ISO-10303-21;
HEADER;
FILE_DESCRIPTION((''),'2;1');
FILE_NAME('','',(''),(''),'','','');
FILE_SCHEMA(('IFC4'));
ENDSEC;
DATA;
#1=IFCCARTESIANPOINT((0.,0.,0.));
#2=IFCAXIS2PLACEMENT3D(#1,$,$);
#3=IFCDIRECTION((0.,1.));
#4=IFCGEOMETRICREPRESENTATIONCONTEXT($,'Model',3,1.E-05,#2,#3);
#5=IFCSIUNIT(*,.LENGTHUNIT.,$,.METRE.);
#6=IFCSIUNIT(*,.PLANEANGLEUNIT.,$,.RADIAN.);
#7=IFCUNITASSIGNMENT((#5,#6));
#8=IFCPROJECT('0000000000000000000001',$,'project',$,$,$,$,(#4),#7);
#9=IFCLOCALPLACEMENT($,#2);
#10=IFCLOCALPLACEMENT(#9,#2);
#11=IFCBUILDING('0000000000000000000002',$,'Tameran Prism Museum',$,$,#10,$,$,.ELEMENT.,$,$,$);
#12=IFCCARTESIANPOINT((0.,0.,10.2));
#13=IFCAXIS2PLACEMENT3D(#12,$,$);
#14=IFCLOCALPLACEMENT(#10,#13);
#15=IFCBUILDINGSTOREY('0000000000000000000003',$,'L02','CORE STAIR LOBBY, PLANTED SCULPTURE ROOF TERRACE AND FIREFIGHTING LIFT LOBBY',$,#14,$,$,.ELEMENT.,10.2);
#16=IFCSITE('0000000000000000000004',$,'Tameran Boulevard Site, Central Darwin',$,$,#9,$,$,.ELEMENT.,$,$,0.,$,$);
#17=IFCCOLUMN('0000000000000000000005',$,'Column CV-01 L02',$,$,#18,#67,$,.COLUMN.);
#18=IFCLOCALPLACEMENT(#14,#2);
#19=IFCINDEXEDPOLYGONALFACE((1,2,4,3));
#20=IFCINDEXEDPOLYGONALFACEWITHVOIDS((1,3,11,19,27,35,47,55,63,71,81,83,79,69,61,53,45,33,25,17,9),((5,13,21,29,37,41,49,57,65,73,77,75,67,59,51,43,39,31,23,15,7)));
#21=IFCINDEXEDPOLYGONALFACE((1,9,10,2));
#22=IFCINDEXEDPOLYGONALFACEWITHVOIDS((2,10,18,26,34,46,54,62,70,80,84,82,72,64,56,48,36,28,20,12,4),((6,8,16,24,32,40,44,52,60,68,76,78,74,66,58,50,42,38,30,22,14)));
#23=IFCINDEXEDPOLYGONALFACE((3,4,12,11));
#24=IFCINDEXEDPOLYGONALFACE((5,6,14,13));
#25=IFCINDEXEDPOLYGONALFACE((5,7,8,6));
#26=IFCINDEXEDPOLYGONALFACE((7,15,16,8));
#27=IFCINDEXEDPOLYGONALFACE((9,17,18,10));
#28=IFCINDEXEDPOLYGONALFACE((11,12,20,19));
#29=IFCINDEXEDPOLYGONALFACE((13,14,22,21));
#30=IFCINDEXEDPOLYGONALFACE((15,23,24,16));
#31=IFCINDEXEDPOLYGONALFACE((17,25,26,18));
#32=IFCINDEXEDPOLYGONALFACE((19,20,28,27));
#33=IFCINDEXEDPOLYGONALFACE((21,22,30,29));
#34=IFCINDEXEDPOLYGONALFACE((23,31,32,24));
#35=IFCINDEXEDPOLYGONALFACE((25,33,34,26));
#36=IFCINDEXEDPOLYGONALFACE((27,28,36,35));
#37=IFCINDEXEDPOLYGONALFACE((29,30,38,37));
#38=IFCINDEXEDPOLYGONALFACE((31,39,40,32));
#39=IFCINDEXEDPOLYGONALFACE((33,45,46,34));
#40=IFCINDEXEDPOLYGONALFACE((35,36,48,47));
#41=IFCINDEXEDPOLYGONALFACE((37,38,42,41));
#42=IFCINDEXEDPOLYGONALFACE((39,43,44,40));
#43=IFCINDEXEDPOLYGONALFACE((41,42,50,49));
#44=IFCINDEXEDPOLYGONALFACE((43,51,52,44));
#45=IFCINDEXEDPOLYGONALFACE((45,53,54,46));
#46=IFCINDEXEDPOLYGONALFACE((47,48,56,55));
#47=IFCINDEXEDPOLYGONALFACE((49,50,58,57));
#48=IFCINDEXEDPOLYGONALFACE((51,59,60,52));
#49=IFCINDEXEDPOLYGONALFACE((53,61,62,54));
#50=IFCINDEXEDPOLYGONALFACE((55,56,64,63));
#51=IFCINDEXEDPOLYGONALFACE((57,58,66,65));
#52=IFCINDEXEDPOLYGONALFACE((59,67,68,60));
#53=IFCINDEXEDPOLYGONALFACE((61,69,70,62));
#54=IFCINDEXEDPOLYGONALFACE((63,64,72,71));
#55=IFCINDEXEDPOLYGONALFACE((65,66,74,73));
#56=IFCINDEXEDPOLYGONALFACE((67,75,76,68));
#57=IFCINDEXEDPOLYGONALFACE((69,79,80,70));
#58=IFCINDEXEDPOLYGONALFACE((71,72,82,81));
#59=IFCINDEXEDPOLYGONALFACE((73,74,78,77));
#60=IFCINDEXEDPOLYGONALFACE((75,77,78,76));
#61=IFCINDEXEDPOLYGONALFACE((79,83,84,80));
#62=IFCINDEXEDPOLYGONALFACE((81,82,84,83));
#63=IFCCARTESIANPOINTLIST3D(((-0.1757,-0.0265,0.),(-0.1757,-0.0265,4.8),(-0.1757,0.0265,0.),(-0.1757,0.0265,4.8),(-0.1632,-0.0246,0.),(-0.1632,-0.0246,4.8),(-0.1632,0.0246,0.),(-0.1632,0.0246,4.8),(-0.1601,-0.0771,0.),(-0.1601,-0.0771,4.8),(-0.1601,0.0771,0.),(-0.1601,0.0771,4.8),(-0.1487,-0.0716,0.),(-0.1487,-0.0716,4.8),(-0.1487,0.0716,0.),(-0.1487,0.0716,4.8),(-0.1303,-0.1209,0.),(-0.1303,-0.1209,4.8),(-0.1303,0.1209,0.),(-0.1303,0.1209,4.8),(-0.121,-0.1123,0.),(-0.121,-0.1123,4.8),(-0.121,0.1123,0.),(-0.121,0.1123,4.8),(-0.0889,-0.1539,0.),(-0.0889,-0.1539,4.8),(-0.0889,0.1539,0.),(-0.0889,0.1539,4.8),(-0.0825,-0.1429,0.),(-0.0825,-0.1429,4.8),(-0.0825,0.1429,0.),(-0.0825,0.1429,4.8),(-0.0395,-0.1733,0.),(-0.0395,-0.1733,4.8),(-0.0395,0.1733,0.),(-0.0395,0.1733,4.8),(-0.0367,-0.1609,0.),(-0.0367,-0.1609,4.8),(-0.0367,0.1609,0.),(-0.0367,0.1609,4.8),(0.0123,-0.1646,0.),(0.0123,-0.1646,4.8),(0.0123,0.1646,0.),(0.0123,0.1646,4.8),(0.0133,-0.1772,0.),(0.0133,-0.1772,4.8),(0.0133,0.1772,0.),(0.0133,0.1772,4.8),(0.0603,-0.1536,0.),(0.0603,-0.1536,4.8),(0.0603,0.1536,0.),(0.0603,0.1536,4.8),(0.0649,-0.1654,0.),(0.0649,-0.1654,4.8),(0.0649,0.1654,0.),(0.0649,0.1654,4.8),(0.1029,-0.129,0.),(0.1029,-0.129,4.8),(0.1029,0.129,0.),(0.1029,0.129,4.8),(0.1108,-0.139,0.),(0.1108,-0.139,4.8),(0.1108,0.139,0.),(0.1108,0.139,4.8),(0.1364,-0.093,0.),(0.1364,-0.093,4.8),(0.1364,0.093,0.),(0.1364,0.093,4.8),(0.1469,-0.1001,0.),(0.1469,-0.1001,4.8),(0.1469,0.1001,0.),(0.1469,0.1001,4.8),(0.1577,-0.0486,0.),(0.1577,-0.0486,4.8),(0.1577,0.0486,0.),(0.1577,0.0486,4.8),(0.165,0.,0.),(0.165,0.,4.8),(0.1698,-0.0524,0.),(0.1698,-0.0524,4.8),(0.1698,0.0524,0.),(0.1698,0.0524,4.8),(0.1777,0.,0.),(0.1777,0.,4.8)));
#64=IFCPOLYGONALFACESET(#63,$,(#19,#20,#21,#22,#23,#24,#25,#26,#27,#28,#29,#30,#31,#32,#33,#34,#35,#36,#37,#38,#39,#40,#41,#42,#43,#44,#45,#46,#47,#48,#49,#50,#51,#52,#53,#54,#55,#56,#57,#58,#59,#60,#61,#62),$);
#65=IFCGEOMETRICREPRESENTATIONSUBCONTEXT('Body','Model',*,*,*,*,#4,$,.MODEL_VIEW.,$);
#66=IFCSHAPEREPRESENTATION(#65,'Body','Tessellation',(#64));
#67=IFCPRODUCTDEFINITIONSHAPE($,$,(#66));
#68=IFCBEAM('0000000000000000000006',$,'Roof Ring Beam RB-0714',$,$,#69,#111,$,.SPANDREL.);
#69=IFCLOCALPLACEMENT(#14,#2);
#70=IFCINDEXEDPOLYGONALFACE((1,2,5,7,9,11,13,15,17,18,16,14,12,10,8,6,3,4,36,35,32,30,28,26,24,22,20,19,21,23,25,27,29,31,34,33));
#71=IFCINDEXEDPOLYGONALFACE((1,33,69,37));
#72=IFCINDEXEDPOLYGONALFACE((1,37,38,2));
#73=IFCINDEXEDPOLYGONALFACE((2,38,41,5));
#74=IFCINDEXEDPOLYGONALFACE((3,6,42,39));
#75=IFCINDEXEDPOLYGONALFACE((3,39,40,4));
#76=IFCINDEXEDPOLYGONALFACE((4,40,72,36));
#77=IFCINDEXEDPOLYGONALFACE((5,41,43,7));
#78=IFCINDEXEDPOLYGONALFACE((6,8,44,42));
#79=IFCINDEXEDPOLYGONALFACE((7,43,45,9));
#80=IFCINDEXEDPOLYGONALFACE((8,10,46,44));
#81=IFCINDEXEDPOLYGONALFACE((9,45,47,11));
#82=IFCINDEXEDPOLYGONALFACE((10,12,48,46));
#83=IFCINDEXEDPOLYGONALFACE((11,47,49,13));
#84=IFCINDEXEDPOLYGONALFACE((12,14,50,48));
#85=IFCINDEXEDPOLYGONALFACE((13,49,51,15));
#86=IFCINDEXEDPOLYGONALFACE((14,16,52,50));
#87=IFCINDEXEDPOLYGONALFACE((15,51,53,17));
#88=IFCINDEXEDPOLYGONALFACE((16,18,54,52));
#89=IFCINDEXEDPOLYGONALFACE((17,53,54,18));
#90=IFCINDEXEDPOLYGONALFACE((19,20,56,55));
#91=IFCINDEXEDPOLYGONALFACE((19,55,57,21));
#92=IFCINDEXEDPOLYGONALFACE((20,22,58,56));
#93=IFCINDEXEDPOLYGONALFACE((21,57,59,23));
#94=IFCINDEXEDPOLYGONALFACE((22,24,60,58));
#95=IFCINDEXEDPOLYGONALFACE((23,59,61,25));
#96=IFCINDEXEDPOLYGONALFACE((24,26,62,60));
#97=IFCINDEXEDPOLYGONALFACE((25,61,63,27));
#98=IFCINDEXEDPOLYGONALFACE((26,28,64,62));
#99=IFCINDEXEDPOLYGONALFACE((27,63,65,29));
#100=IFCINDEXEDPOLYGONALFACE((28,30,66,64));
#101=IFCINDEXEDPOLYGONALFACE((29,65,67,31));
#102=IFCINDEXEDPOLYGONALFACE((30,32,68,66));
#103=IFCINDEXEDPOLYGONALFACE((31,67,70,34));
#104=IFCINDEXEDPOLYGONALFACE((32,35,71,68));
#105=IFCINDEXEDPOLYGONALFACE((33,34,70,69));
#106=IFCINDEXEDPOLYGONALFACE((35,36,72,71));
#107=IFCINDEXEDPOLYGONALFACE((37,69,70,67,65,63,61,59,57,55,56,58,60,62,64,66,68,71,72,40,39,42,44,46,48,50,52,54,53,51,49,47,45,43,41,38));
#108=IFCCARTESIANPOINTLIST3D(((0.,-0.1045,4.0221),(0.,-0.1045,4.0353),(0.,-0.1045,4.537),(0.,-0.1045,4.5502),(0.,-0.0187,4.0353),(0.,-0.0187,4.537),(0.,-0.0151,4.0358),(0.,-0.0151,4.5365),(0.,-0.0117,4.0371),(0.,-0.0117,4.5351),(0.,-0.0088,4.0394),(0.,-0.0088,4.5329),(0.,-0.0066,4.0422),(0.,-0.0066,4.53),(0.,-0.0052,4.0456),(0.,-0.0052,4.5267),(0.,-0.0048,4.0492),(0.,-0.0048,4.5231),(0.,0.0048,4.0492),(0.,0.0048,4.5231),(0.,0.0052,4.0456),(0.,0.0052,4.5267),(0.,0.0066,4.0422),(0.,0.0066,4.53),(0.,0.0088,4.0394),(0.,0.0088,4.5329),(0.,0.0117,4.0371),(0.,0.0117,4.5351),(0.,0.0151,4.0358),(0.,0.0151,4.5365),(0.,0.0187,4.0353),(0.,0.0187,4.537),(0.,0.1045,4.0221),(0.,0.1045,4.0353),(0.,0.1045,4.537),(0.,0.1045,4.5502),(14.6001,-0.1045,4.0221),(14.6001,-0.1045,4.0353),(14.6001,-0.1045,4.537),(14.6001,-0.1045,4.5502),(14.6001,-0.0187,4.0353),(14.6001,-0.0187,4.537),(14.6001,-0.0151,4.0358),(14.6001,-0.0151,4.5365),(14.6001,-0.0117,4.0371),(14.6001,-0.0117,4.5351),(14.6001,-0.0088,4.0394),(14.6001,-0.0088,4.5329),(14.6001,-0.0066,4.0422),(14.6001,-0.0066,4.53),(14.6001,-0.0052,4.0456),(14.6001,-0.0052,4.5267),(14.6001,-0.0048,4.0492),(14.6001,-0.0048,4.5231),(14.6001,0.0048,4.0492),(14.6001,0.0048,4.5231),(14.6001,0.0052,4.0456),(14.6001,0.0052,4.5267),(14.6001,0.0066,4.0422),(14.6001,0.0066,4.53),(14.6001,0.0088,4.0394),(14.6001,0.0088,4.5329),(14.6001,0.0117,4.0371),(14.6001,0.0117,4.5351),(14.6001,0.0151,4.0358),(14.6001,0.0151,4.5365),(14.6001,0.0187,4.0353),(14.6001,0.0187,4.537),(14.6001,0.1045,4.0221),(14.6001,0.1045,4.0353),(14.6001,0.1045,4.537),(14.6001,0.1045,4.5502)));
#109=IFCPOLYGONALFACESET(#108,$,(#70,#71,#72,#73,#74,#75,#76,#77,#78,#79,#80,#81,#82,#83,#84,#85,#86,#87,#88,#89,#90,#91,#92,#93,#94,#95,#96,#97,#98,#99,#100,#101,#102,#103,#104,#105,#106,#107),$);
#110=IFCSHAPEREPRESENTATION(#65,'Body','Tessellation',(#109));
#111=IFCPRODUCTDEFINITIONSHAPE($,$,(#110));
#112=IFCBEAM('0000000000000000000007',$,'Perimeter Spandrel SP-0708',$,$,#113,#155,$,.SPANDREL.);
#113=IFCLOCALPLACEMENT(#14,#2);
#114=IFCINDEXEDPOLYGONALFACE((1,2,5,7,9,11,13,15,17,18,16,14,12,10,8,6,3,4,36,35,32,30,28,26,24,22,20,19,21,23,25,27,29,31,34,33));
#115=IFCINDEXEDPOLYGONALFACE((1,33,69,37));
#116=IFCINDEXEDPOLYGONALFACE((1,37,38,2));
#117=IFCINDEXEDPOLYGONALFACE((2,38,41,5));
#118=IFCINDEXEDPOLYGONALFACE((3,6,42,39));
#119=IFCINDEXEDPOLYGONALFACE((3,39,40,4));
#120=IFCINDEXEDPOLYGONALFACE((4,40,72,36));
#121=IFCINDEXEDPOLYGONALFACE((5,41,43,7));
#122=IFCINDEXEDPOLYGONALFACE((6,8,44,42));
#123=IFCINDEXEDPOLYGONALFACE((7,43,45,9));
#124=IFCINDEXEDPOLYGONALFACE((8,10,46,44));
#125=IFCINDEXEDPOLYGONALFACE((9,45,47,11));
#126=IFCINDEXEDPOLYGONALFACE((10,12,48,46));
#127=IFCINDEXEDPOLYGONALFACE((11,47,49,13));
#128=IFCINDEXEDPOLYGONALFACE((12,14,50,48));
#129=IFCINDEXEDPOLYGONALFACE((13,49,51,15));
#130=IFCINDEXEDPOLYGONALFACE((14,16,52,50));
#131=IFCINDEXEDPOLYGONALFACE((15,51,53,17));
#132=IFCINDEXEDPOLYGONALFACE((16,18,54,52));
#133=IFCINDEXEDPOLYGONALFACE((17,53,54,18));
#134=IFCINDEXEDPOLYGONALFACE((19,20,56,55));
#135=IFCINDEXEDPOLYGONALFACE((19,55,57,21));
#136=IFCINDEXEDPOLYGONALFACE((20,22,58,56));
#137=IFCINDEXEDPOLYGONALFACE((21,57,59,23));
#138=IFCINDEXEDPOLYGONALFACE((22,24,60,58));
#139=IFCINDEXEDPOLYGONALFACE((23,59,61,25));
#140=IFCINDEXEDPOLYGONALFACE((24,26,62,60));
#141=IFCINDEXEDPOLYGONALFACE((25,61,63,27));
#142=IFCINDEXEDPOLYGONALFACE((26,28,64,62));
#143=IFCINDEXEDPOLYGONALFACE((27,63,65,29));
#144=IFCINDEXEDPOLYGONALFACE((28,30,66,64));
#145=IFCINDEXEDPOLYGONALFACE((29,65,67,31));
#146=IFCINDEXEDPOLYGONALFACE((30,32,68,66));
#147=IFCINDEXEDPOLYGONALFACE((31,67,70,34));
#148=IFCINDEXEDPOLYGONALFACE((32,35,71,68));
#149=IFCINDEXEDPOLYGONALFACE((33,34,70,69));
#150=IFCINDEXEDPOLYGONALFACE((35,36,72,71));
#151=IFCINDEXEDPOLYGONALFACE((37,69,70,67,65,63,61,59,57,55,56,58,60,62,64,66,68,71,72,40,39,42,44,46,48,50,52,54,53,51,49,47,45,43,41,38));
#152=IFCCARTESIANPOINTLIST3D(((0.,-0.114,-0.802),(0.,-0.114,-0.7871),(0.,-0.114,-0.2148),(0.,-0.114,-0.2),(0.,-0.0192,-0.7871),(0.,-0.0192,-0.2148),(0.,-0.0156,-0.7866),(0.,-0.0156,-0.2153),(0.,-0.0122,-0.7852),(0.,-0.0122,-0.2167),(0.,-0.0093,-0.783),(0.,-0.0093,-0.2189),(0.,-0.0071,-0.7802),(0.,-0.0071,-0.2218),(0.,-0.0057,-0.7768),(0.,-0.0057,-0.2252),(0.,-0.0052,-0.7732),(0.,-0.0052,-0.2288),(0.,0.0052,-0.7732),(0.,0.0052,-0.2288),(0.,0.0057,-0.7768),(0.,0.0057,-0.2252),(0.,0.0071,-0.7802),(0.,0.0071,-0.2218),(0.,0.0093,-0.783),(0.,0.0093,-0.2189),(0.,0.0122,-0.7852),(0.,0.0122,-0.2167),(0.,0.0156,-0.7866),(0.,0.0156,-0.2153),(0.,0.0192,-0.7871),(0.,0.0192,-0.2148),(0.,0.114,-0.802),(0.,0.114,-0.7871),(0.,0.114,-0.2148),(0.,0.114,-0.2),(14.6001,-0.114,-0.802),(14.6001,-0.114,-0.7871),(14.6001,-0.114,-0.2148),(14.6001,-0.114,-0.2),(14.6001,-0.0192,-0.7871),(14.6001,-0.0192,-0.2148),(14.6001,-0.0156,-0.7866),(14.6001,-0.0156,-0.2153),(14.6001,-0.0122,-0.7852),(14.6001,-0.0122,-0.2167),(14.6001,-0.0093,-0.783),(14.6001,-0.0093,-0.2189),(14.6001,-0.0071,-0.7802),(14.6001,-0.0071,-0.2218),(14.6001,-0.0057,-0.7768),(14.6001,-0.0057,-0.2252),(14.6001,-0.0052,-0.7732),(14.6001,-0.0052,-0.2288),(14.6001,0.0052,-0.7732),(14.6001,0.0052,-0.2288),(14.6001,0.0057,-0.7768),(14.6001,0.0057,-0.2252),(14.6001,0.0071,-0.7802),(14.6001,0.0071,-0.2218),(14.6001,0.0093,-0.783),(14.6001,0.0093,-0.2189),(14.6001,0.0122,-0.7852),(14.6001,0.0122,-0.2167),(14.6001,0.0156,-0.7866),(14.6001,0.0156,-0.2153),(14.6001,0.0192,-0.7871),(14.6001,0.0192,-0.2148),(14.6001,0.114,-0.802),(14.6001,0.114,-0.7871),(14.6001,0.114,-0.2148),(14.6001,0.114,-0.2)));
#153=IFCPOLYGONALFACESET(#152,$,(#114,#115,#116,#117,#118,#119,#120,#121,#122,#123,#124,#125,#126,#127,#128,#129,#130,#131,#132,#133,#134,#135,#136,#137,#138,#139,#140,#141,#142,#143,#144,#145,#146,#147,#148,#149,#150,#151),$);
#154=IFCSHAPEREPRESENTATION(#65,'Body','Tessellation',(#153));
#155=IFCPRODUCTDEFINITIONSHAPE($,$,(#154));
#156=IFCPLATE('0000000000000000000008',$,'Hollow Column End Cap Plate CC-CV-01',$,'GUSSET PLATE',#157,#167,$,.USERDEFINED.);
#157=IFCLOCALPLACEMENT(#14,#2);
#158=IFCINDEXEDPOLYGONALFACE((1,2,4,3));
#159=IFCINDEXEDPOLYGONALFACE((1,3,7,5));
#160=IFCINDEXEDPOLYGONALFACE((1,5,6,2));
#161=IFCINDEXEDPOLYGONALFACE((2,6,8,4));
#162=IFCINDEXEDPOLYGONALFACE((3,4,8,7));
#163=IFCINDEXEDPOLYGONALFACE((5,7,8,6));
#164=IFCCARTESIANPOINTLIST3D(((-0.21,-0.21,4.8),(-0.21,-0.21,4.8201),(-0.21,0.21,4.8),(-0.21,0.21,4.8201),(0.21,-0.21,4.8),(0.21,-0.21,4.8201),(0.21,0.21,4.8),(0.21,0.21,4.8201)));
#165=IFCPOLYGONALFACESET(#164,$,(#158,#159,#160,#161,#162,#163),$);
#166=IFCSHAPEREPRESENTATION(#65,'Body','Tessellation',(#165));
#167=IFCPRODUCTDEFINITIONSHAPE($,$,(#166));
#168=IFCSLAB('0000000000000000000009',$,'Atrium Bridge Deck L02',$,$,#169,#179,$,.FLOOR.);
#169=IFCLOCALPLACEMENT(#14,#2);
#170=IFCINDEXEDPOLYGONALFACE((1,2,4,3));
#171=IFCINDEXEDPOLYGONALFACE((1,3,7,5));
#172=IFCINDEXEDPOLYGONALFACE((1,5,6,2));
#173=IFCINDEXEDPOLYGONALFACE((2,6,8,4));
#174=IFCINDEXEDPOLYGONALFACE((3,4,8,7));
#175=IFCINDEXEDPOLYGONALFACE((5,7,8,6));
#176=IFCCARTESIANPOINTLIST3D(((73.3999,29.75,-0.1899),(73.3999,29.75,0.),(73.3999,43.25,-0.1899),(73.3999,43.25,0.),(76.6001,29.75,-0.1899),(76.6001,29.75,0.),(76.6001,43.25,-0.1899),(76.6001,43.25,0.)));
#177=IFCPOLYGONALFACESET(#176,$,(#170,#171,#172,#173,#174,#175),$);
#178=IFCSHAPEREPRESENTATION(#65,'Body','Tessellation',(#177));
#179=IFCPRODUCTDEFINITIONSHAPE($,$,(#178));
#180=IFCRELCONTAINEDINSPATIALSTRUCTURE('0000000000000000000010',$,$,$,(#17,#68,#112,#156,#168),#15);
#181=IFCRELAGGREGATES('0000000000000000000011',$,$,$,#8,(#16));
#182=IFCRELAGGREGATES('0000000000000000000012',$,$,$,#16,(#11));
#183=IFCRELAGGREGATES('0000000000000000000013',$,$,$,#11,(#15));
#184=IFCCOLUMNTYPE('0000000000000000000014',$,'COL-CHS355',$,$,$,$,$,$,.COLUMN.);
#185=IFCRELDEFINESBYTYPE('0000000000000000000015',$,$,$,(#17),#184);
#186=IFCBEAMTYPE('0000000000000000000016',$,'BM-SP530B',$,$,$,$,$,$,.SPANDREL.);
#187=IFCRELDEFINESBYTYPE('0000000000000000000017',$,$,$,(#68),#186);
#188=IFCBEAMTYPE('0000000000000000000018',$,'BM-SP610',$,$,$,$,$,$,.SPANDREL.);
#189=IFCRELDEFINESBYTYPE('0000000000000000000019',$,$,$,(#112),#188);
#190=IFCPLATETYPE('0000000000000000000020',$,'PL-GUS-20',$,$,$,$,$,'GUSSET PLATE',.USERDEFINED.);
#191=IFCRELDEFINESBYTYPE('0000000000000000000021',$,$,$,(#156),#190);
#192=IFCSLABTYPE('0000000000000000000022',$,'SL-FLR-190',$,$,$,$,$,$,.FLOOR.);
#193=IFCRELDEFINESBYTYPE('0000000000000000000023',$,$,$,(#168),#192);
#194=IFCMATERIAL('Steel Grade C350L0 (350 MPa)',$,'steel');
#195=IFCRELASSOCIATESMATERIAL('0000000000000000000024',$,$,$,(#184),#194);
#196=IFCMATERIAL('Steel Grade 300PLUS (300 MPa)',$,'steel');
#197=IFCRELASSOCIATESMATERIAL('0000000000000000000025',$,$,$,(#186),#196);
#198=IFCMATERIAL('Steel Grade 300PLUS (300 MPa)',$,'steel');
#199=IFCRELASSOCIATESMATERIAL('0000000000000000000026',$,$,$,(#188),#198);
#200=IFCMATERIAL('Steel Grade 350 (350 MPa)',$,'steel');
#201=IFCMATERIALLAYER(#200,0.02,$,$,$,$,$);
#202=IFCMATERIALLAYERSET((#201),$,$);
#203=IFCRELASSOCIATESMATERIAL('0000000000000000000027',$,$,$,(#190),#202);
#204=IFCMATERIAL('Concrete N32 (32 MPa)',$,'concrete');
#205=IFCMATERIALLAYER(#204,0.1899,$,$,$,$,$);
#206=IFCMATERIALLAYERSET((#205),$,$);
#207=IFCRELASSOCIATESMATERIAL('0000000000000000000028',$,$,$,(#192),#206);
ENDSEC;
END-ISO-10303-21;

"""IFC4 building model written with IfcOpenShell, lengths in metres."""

from ifc_helpers import new_model, si_unit, direction, frame, origin, origin_with_axes, origin_2d, place, context, subcontext, project, spatial, polyline, rectangle, hollow_circle, i_section, outline, extrude, material, layer, layer_set, material_profile, profile_set, type_object, element, save


model = new_model("IFC4")

# Units and contexts
model_context = context("Model", 3, precision=1e-05, world=origin(), true_north=direction((0.0, 1.0)))
body_context = subcontext(model_context, "Body", "Model", "MODEL_VIEW")
ifc_project = project(units=[si_unit("LENGTHUNIT", "METRE"), si_unit("PLANEANGLEUNIT", "RADIAN")], contexts=[model_context])

# Site, building, storey
site_placement = place(None, origin())
site = spatial("IfcSite", under=ifc_project, at=site_placement, Name="Tameran Boulevard Site, Central Darwin", CompositionType="ELEMENT", RefElevation=0.0)
building_placement = place(site_placement, origin())
building = spatial("IfcBuilding", under=site, at=building_placement, Name="Tameran Prism Museum", CompositionType="ELEMENT")
storey_placement = place(building_placement, frame((0.0, 0.0, 10.2)))
storey = spatial("IfcBuildingStorey", under=building, at=storey_placement, Name="L02", Description="CORE STAIR LOBBY, PLANTED SCULPTURE ROOF TERRACE AND FIREFIGHTING LIFT LOBBY", CompositionType="ELEMENT", Elevation=10.2)

# Column
ifc_material_1 = material(Name="Steel Grade C350L0 (350 MPa)", Category="steel")
ifc_material_profile_1 = material_profile(ifc_material_1, hollow_circle(Radius=0.1777, WallThickness=0.0127, at=origin_2d()))
ifc_profile_set_1 = profile_set([ifc_material_profile_1])
column_type = type_object("IfcColumnType", Name="COL-CHS355", PredefinedType="COLUMN", material=ifc_profile_set_1)
column_placement = place(storey_placement, origin_with_axes())
element("IfcColumn", 1, at=column_placement, inside=storey, type_object=column_type, Name="Column CV-01 L02", PredefinedType="COLUMN", context=body_context, shape_type="SweptSolid", body=[
    extrude(hollow_circle(Radius=0.1777, WallThickness=0.0127, at=origin_2d()), origin(), (0.0, 0.0, 1.0), 4.8),
])

# Beams
ifc_material_2 = material(Name="Steel Grade 300PLUS (300 MPa)", Category="steel")
ifc_material_profile_2 = material_profile(ifc_material_2, i_section(OverallWidth=0.209, OverallDepth=0.5281, WebThickness=0.0095, FlangeThickness=0.0132, FilletRadius=0.0139, at=origin_2d()))
ifc_profile_set_2 = profile_set([ifc_material_profile_2])
beam_type_1 = type_object("IfcBeamType", Name="BM-SP530B", PredefinedType="SPANDREL", material=ifc_profile_set_2)
beam_1_placement = place(storey_placement, frame((0.0, 0.0, 4.2861), z_axis=(1.0, 0.0, 0.0), x_axis=(0.0, 1.0, 0.0)))
element("IfcBeam", 2, at=beam_1_placement, inside=storey, type_object=beam_type_1, Name="Roof Ring Beam RB-0714", PredefinedType="SPANDREL", context=body_context, shape_type="SweptSolid", body=[
    extrude(i_section(OverallWidth=0.209, OverallDepth=0.5281, WebThickness=0.0095, FlangeThickness=0.0132, FilletRadius=0.0139, at=origin_2d()), origin(), (0.0, 0.0, 1.0), 14.6001),
])
ifc_material_3 = material(Name="Steel Grade 300PLUS (300 MPa)", Category="steel")
ifc_material_profile_3 = material_profile(ifc_material_3, i_section(OverallWidth=0.228, OverallDepth=0.6021, WebThickness=0.0105, FlangeThickness=0.0149, FilletRadius=0.0139, at=origin_2d()))
ifc_profile_set_3 = profile_set([ifc_material_profile_3])
beam_type_2 = type_object("IfcBeamType", Name="BM-SP610", PredefinedType="SPANDREL", material=ifc_profile_set_3)
beam_2_placement = place(storey_placement, frame((0.0, 0.0, -0.501), z_axis=(1.0, 0.0, 0.0), x_axis=(0.0, 1.0, 0.0)))
element("IfcBeam", 3, at=beam_2_placement, inside=storey, type_object=beam_type_2, Name="Perimeter Spandrel SP-0708", PredefinedType="SPANDREL", context=body_context, shape_type="SweptSolid", body=[
    extrude(i_section(OverallWidth=0.228, OverallDepth=0.6021, WebThickness=0.0105, FlangeThickness=0.0149, FilletRadius=0.0139, at=origin_2d()), origin(), (0.0, 0.0, 1.0), 14.6001),
])

# Plate
ifc_material_4 = material(Name="Steel Grade 350 (350 MPa)", Category="steel")
ifc_layer_1 = layer(ifc_material_4, 0.02)
ifc_layer_set_1 = layer_set([ifc_layer_1])
plate_type = type_object("IfcPlateType", Name="PL-GUS-20", ElementType="GUSSET PLATE", PredefinedType="USERDEFINED", material=ifc_layer_set_1)
plate_placement = place(storey_placement, frame((0.0, 0.0, 4.8), z_axis=(0.0, 0.0, 1.0), x_axis=(1.0, 0.0, 0.0)))
element("IfcPlate", 4, at=plate_placement, inside=storey, type_object=plate_type, Name="Hollow Column End Cap Plate CC-CV-01", ObjectType="GUSSET PLATE", PredefinedType="USERDEFINED", context=body_context, shape_type="SweptSolid", body=[
    extrude(rectangle(XDim=0.4199, YDim=0.4199, at=origin_2d()), origin(), (0.0, 0.0, 1.0), 0.02),
])

# Slab
ifc_material_5 = material(Name="Concrete N32 (32 MPa)", Category="concrete")
ifc_layer_2 = layer(ifc_material_5, 0.1899)
ifc_layer_set_2 = layer_set([ifc_layer_2])
slab_type_1 = type_object("IfcSlabType", Name="SL-FLR-190", PredefinedType="FLOOR", material=ifc_layer_set_2)
slab_1_placement = place(storey_placement, frame((0.0, 0.0, -0.1899)))
element("IfcSlab", 5, at=slab_1_placement, inside=storey, type_object=slab_type_1, Name="Atrium Bridge Deck L02", PredefinedType="FLOOR", context=body_context, shape_type="SweptSolid", body=[
    extrude(outline(polyline([(73.3999, 29.75), (73.3999, 43.25), (76.6001, 43.25), (76.6001, 29.75), (73.3999, 29.75)])), origin(), (0.0, 0.0, 1.0), 0.1899),
])

save(model, "model.ifc")
